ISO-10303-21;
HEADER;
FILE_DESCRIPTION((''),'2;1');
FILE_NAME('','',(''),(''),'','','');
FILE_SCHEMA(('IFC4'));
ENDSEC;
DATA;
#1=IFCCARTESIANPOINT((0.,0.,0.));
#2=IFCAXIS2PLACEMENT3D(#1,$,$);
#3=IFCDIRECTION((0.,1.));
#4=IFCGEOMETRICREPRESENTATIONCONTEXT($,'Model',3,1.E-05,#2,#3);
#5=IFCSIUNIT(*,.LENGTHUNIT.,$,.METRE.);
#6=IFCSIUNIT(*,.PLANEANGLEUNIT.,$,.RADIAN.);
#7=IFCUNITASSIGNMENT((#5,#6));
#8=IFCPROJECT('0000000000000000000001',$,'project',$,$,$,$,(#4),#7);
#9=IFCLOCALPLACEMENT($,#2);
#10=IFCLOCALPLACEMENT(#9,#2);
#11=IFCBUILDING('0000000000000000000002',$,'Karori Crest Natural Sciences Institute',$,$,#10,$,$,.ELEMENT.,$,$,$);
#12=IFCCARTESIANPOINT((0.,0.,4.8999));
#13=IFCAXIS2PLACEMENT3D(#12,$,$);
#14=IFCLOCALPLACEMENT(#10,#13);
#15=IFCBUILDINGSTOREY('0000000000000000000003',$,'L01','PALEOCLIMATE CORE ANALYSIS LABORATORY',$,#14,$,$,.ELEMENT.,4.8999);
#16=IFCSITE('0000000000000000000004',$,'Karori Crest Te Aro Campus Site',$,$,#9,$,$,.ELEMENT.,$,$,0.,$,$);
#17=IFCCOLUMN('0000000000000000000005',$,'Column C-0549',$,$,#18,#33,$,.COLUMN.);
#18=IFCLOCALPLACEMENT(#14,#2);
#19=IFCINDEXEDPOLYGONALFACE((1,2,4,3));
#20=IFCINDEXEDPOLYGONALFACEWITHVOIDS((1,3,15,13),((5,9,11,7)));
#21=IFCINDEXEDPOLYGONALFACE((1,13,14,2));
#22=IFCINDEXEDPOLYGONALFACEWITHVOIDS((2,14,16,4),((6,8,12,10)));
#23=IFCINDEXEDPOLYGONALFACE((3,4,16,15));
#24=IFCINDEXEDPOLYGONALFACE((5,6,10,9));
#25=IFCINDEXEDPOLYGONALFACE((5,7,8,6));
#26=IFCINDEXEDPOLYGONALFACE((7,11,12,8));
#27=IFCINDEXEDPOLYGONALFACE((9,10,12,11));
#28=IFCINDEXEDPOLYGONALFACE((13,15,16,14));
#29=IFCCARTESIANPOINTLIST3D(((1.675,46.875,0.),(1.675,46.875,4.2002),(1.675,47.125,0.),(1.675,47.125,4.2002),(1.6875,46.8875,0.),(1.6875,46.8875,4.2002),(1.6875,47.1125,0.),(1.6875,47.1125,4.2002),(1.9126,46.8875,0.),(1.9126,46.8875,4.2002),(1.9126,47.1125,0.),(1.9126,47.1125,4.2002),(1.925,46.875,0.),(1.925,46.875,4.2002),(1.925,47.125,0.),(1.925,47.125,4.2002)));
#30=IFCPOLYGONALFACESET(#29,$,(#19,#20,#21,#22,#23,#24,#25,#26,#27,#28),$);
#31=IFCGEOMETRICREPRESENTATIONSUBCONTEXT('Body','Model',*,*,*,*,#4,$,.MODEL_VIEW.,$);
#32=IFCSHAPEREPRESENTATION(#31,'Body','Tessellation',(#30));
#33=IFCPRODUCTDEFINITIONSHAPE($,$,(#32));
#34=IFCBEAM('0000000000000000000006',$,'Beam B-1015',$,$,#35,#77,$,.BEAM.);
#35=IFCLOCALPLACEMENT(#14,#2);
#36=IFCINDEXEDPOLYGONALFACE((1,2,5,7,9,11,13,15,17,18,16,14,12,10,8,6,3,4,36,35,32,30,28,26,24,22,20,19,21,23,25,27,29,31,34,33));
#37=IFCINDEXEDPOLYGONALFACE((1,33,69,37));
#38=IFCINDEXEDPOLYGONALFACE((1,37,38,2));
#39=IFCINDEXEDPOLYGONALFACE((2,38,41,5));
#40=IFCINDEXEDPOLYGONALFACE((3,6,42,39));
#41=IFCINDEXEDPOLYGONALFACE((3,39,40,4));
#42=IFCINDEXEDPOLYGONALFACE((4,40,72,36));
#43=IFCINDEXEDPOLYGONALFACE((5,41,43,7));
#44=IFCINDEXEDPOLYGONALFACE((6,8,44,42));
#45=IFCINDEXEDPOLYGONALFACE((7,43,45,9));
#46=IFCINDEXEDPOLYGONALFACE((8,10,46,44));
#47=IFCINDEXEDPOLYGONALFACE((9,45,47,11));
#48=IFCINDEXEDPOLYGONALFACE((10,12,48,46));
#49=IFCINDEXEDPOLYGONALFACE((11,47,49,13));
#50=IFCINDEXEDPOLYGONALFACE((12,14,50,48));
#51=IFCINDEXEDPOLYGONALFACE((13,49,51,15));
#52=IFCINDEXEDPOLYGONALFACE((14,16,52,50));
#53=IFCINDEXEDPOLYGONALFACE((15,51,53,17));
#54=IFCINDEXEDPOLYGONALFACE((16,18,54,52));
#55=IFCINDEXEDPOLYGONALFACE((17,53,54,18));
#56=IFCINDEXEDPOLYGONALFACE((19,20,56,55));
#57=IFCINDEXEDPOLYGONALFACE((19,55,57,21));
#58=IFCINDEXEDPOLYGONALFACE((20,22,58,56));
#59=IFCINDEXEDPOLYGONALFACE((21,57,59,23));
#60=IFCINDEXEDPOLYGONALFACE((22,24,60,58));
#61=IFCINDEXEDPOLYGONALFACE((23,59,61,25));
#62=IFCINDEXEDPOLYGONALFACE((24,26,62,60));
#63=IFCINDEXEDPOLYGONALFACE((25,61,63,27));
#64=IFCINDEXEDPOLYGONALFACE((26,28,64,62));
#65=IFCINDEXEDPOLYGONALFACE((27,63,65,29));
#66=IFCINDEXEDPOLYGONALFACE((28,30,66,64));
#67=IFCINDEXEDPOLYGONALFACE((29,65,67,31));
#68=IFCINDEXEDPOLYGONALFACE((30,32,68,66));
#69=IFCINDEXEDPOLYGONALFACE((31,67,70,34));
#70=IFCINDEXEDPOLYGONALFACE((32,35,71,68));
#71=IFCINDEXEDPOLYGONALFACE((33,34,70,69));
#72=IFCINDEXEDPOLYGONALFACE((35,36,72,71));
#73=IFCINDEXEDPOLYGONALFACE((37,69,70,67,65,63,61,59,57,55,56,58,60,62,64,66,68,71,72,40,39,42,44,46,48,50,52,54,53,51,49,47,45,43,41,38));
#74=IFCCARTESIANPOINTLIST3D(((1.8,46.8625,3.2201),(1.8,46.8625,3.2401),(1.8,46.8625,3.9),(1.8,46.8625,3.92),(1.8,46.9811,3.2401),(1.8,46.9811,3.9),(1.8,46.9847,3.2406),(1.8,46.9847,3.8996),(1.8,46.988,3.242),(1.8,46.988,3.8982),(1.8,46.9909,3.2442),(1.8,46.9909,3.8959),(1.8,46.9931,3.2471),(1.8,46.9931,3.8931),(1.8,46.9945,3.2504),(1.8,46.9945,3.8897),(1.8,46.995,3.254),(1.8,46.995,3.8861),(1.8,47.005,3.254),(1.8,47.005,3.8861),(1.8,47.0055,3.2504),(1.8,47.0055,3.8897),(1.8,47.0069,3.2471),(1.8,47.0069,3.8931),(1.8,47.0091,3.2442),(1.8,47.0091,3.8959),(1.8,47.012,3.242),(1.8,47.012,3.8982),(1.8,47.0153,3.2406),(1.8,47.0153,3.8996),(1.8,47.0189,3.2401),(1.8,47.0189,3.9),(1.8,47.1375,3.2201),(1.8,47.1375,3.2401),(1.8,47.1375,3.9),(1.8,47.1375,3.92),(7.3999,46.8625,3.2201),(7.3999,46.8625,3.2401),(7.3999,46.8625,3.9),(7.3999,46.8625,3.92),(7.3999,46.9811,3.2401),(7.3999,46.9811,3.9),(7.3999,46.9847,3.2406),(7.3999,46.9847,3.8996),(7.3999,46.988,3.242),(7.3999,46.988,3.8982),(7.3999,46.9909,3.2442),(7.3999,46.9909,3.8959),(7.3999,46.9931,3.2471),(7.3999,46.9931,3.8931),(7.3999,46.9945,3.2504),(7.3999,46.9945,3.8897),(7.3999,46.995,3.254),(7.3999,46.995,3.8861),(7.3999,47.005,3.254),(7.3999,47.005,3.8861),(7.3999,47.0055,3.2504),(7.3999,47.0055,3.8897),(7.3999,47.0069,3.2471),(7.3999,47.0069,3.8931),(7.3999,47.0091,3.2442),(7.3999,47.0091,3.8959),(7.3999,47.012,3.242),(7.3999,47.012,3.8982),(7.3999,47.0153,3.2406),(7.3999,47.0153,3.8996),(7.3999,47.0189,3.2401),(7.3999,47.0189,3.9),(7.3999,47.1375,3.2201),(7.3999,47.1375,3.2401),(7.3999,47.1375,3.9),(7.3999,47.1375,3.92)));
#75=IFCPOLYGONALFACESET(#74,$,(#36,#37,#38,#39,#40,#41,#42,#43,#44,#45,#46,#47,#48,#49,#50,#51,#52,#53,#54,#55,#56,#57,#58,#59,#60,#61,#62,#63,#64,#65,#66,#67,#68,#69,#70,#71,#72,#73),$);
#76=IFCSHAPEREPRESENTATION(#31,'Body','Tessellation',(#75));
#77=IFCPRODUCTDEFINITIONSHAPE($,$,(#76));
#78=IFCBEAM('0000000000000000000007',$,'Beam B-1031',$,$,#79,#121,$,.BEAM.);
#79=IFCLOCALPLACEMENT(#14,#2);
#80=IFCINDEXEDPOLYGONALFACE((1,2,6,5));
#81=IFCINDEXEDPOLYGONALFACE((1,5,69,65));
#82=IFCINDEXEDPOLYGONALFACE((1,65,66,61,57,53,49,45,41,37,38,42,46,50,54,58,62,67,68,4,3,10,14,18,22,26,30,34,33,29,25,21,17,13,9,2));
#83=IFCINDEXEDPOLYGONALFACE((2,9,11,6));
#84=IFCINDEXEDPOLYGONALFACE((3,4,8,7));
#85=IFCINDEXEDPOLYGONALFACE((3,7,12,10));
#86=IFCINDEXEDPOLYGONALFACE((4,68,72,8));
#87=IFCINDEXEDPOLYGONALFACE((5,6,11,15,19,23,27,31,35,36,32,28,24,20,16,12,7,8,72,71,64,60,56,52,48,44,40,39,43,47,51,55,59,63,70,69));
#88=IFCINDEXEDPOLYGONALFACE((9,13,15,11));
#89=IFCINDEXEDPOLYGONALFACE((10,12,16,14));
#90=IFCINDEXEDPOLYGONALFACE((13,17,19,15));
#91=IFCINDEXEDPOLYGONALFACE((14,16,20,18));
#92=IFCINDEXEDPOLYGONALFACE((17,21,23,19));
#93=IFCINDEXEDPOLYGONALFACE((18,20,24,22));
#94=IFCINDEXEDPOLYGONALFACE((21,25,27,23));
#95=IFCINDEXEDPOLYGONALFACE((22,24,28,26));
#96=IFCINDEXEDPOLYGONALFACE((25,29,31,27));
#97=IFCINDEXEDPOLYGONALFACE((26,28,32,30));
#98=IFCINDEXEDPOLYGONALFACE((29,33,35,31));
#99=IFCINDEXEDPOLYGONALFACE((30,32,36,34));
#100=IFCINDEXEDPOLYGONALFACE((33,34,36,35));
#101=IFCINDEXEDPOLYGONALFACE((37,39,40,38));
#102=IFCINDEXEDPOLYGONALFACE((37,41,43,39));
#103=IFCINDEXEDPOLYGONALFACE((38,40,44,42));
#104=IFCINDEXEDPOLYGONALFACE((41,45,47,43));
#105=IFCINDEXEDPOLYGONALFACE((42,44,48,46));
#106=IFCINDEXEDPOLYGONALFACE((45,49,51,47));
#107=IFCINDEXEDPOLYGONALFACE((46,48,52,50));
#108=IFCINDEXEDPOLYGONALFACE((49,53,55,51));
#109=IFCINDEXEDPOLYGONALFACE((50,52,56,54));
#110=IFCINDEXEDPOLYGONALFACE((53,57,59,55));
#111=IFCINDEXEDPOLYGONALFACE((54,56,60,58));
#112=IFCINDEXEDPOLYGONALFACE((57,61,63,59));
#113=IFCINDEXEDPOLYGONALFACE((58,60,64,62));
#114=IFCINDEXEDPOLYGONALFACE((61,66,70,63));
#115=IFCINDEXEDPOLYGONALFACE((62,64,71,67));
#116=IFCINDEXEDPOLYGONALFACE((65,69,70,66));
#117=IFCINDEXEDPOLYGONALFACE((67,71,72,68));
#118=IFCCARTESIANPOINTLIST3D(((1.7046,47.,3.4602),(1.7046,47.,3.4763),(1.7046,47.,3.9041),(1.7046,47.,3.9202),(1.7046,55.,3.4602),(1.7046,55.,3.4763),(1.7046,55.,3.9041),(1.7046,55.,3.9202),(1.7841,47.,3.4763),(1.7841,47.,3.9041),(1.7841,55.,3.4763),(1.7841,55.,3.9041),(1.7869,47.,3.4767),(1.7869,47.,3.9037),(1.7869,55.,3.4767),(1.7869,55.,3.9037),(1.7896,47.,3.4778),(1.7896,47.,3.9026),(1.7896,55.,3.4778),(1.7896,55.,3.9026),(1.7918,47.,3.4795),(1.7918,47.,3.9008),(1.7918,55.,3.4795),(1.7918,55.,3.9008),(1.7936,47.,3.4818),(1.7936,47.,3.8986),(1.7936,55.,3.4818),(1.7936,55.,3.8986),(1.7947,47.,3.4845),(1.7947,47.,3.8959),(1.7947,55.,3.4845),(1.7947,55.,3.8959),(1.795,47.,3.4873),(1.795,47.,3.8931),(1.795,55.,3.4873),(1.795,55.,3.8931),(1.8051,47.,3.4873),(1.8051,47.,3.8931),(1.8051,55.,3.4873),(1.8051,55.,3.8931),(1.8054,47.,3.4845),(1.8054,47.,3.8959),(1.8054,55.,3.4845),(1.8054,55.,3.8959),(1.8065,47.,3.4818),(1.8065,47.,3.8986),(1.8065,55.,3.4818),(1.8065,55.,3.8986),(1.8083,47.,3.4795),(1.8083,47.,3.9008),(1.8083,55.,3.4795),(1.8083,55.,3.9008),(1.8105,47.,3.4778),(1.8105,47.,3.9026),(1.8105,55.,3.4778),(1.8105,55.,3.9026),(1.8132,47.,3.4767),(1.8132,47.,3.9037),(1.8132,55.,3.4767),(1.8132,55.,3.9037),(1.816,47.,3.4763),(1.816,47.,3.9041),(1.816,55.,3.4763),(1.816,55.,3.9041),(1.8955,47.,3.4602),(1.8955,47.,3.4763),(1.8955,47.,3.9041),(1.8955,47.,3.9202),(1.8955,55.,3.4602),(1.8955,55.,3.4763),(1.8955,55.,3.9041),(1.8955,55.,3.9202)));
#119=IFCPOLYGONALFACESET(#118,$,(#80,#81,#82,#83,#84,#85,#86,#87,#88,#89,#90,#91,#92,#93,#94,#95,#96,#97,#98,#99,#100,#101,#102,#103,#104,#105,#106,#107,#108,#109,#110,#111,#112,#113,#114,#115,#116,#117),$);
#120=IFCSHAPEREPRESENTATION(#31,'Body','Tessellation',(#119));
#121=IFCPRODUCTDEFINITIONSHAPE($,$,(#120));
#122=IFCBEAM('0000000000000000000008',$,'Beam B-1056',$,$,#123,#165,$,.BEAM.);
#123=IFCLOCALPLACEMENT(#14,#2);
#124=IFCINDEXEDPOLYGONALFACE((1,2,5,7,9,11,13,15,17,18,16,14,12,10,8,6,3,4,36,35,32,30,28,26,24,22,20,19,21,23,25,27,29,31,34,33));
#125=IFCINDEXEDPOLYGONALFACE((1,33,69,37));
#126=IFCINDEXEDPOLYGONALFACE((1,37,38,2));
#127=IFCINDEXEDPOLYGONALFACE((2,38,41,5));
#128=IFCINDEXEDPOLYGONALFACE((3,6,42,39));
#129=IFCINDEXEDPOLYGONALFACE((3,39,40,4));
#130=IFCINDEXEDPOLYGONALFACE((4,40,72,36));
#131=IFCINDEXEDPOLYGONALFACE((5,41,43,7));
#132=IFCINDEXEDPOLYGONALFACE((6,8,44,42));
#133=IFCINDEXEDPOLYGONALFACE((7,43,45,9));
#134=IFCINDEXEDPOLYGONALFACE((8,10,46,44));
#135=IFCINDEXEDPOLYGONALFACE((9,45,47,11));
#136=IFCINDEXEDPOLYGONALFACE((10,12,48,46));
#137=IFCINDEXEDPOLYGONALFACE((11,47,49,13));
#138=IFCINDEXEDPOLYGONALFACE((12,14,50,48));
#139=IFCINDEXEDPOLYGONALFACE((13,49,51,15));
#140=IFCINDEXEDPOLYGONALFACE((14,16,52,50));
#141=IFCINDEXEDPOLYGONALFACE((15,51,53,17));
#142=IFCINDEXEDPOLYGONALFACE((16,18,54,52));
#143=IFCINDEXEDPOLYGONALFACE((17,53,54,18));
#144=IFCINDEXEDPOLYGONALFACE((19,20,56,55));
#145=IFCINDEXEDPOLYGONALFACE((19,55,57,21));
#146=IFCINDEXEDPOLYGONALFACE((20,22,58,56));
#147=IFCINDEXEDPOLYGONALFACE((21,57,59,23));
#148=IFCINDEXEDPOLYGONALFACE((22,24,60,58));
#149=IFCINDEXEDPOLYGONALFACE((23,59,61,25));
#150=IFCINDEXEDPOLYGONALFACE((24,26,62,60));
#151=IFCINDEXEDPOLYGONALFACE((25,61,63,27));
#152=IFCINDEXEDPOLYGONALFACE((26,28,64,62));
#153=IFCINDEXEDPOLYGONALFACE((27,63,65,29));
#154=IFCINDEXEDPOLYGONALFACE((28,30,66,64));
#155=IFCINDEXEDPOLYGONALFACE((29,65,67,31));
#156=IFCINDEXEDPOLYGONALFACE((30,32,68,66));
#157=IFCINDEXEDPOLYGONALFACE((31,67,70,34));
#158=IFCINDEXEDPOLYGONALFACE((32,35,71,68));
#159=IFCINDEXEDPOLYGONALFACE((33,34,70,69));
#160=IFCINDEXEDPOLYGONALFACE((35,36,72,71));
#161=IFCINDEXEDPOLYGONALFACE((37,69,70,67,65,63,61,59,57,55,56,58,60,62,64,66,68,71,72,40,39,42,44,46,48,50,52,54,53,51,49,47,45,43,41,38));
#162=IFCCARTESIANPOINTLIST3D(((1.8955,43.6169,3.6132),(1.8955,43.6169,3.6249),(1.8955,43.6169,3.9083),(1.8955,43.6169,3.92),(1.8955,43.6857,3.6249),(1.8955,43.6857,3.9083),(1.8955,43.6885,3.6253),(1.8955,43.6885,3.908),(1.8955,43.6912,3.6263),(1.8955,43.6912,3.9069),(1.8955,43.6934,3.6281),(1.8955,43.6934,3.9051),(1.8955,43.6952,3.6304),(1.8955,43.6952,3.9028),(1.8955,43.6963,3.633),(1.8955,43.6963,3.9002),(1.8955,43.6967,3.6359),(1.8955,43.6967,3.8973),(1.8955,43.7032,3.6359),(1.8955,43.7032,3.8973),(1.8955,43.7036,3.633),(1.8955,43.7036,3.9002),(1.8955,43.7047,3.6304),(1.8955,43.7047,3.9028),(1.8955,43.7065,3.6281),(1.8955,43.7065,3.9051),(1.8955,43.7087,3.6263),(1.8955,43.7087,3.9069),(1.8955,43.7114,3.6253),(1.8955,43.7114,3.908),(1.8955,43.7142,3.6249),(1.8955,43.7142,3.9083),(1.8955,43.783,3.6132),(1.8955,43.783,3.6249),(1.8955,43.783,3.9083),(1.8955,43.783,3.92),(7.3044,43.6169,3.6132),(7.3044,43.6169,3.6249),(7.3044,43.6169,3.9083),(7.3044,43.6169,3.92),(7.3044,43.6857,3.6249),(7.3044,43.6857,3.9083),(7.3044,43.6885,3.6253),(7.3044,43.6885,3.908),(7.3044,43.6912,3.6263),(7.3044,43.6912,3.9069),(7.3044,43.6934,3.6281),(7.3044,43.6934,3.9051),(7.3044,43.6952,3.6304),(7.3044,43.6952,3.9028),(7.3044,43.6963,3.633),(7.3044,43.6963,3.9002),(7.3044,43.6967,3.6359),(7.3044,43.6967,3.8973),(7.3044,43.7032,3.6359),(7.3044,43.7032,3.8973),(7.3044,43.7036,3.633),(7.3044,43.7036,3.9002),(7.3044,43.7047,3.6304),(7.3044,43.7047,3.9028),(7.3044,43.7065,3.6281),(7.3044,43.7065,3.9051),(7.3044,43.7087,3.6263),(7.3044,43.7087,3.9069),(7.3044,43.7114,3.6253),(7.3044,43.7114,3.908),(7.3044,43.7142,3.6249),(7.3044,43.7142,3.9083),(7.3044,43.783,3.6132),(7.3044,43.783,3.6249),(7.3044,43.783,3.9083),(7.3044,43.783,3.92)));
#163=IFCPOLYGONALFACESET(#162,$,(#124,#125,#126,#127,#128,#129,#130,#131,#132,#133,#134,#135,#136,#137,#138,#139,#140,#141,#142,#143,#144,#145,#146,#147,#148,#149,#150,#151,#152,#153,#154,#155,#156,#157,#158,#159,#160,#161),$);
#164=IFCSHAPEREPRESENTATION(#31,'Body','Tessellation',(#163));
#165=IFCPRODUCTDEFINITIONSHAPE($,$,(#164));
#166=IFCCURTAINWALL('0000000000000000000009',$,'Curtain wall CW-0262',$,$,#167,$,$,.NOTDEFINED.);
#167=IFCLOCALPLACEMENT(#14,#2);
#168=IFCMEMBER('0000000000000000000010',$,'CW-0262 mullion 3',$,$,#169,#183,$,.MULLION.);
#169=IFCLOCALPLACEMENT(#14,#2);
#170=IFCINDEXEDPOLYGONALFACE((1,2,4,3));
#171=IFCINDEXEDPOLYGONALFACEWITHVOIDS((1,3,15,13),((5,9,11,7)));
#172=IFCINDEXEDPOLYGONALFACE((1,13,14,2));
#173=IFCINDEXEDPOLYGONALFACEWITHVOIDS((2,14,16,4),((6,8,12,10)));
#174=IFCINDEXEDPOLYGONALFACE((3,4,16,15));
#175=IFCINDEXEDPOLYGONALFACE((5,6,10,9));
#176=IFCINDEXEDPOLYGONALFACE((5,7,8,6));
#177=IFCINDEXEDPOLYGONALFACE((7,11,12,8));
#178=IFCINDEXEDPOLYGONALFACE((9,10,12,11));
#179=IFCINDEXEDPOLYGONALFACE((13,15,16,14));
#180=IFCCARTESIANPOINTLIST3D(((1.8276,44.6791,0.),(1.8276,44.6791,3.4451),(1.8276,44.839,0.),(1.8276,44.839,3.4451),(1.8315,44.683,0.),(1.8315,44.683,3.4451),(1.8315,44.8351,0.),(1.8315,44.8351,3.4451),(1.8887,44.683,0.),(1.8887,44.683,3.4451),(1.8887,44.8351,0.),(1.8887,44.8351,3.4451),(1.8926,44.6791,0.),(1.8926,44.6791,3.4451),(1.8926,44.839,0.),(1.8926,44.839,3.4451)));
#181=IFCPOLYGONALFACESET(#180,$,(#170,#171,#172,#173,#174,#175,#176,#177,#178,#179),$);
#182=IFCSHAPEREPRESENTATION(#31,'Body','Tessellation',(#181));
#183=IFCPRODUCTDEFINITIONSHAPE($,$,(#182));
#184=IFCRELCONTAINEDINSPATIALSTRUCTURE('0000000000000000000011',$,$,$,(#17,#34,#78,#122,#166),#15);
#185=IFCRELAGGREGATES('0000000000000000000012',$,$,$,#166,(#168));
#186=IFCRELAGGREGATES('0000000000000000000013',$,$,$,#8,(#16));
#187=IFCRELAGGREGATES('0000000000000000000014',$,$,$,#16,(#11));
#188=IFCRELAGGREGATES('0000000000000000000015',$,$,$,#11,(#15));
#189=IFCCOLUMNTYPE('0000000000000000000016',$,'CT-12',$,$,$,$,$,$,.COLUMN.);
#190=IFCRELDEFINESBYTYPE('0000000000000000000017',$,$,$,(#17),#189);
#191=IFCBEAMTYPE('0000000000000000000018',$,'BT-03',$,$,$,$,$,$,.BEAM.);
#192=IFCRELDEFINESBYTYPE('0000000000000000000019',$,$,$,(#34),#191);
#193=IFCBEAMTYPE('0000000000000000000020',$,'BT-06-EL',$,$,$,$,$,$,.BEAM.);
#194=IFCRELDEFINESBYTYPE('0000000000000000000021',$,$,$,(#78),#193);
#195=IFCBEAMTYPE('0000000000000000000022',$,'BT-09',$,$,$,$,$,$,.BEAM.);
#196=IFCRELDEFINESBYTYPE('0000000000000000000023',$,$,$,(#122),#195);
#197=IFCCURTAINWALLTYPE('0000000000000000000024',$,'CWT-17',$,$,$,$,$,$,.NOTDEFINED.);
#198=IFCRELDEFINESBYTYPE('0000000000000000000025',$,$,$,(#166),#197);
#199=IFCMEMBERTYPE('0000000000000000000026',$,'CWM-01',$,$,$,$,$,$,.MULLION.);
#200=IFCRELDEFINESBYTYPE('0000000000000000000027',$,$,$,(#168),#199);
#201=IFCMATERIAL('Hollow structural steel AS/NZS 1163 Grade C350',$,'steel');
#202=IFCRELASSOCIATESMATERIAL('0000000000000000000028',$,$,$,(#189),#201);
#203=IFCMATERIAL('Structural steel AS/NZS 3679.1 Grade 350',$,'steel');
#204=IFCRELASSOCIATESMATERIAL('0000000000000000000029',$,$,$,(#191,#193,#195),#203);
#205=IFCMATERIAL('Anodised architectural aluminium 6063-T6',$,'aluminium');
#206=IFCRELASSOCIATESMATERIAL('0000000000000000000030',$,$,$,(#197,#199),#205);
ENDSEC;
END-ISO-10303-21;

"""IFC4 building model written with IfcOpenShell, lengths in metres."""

from ifc_helpers import new_model, si_unit, direction, frame, origin, origin_2d, place, context, subcontext, project, spatial, hollow_rectangle, i_section, extrude, material, material_profile, profile_set, type_object, element, aggregate, save


model = new_model("IFC4")

# Units and contexts
model_context = context("Model", 3, precision=1e-05, world=origin(), true_north=direction((0.0, 1.0)))
body_context = subcontext(model_context, "Body", "Model", "MODEL_VIEW")
ifc_project = project(units=[si_unit("LENGTHUNIT", "METRE"), si_unit("PLANEANGLEUNIT", "RADIAN")], contexts=[model_context])

# Site, building, storey
site_placement = place(None, origin())
site = spatial("IfcSite", under=ifc_project, at=site_placement, Name="Karori Crest Te Aro Campus Site", CompositionType="ELEMENT", RefElevation=0.0)
building_placement = place(site_placement, origin())
building = spatial("IfcBuilding", under=site, at=building_placement, Name="Karori Crest Natural Sciences Institute", CompositionType="ELEMENT")
storey_placement = place(building_placement, frame((0.0, 0.0, 4.8999)))
storey = spatial("IfcBuildingStorey", under=building, at=storey_placement, Name="L01", Description="PALEOCLIMATE CORE ANALYSIS LABORATORY", CompositionType="ELEMENT", Elevation=4.8999)

# Column
ifc_material_1 = material(Name="Hollow structural steel AS/NZS 1163 Grade C350", Category="steel")
ifc_material_profile_1 = material_profile(ifc_material_1, hollow_rectangle(XDim=0.25, YDim=0.25, WallThickness=0.0125, at=origin_2d()), Name="SHS250x250x12.5")
ifc_profile_set_1 = profile_set([ifc_material_profile_1], Name="Hollow structural steel AS/NZS 1163 Grade C350")
column_type = type_object("IfcColumnType", Name="CT-12", PredefinedType="COLUMN", material=ifc_profile_set_1)
column_placement = place(storey_placement, frame((1.8, 47.0, 0.0), z_axis=(0.0, 0.0, 1.0), x_axis=(1.0, 0.0, 0.0)))
element("IfcColumn", 1, at=column_placement, inside=storey, type_object=column_type, Name="Column C-0549", PredefinedType="COLUMN", context=body_context, shape_type="SweptSolid", body=[
    extrude(hollow_rectangle(XDim=0.25, YDim=0.25, WallThickness=0.0125, at=origin_2d()), origin(), (0.0, 0.0, 1.0), 4.2002),
])

# Beams
ifc_material_2 = material(Name="Structural steel AS/NZS 3679.1 Grade 350", Category="steel")
ifc_material_profile_2 = material_profile(ifc_material_2, i_section(OverallWidth=0.2749, OverallDepth=0.7, WebThickness=0.01, FlangeThickness=0.02, FilletRadius=0.0139, at=origin_2d()), Name="700WB150")
ifc_profile_set_2 = profile_set([ifc_material_profile_2], Name="Structural steel AS/NZS 3679.1 Grade 350")
beam_type_1 = type_object("IfcBeamType", Name="BT-03", PredefinedType="BEAM", material=ifc_profile_set_2)
beam_1_placement = place(storey_placement, frame((1.8, 47.0, 3.5701), z_axis=(1.0, 0.0, 0.0), x_axis=(0.0, 1.0, 0.0)))
element("IfcBeam", 2, at=beam_1_placement, inside=storey, type_object=beam_type_1, Name="Beam B-1015", PredefinedType="BEAM", context=body_context, shape_type="SweptSolid", body=[
    extrude(i_section(OverallWidth=0.2749, OverallDepth=0.7, WebThickness=0.01, FlangeThickness=0.02, FilletRadius=0.0139, at=origin_2d()), origin(), (0.0, 0.0, 1.0), 5.5999),
])
ifc_material_profile_3 = material_profile(ifc_material_2, i_section(OverallWidth=0.1909, OverallDepth=0.46, WebThickness=0.01, FlangeThickness=0.0161, FilletRadius=0.011, at=origin_2d()), Name="460UB82.1")
ifc_profile_set_3 = profile_set([ifc_material_profile_3], Name="Structural steel AS/NZS 3679.1 Grade 350")
beam_type_2 = type_object("IfcBeamType", Name="BT-06-EL", PredefinedType="BEAM", material=ifc_profile_set_3)
beam_2_placement = place(storey_placement, frame((1.8, 47.0, 3.6902), z_axis=(0.0, 1.0, 0.0), x_axis=(-1.0, 0.0, 0.0)))
element("IfcBeam", 3, at=beam_2_placement, inside=storey, type_object=beam_type_2, Name="Beam B-1031", PredefinedType="BEAM", context=body_context, shape_type="SweptSolid", body=[
    extrude(i_section(OverallWidth=0.1909, OverallDepth=0.46, WebThickness=0.01, FlangeThickness=0.0161, FilletRadius=0.011, at=origin_2d()), origin(), (0.0, 0.0, 1.0), 8.0),
])
ifc_material_profile_4 = material_profile(ifc_material_2, i_section(OverallWidth=0.166, OverallDepth=0.3069, WebThickness=0.0066, FlangeThickness=0.0117, FilletRadius=0.011, at=origin_2d()), Name="310UB46.2")
ifc_profile_set_4 = profile_set([ifc_material_profile_4], Name="Structural steel AS/NZS 3679.1 Grade 350")
beam_type_3 = type_object("IfcBeamType", Name="BT-09", PredefinedType="BEAM", material=ifc_profile_set_4)
beam_3_placement = place(storey_placement, frame((1.8955, 43.7, 3.7666), z_axis=(1.0, 0.0, 0.0), x_axis=(0.0, 1.0, 0.0)))
element("IfcBeam", 4, at=beam_3_placement, inside=storey, type_object=beam_type_3, Name="Beam B-1056", PredefinedType="BEAM", context=body_context, shape_type="SweptSolid", body=[
    extrude(i_section(OverallWidth=0.166, OverallDepth=0.3069, WebThickness=0.0066, FlangeThickness=0.0117, FilletRadius=0.011, at=origin_2d()), origin(), (0.0, 0.0, 1.0), 5.4089),
])

# Curtain wall, member
ifc_material_3 = material(Name="Anodised architectural aluminium 6063-T6", Category="aluminium")
curtain_wall_type = type_object("IfcCurtainWallType", Name="CWT-17", PredefinedType="NOTDEFINED", material=ifc_material_3)
curtain_wall_1_placement = place(storey_placement, origin())
curtain_wall_1 = element("IfcCurtainWall", 5, at=curtain_wall_1_placement, inside=storey, type_object=curtain_wall_type, Name="Curtain wall CW-0262", PredefinedType="NOTDEFINED")
ifc_material_profile_5 = material_profile(ifc_material_3, hollow_rectangle(XDim=0.0649, YDim=0.1599, WallThickness=0.0039, at=origin_2d()), Name="CWM160x65x4")
ifc_profile_set_5 = profile_set([ifc_material_profile_5], Name="Anodised architectural aluminium 6063-T6")
member_type_1 = type_object("IfcMemberType", Name="CWM-01", PredefinedType="MULLION", material=ifc_profile_set_5)
member_1_placement = place(storey_placement, frame((1.8601, 44.759, 0.0), z_axis=(0.0, 0.0, 1.0), x_axis=(-1.0, 0.0, 0.0)))
member_1 = element("IfcMember", 6, at=member_1_placement, type_object=member_type_1, Name="CW-0262 mullion 3", PredefinedType="MULLION", context=body_context, shape_type="SweptSolid", body=[
    extrude(hollow_rectangle(XDim=0.0649, YDim=0.1599, WallThickness=0.0039, at=origin_2d()), origin(), (0.0, 0.0, 1.0), 3.4451),
])

aggregate(curtain_wall_1, [member_1])

save(model, "model.ifc")
